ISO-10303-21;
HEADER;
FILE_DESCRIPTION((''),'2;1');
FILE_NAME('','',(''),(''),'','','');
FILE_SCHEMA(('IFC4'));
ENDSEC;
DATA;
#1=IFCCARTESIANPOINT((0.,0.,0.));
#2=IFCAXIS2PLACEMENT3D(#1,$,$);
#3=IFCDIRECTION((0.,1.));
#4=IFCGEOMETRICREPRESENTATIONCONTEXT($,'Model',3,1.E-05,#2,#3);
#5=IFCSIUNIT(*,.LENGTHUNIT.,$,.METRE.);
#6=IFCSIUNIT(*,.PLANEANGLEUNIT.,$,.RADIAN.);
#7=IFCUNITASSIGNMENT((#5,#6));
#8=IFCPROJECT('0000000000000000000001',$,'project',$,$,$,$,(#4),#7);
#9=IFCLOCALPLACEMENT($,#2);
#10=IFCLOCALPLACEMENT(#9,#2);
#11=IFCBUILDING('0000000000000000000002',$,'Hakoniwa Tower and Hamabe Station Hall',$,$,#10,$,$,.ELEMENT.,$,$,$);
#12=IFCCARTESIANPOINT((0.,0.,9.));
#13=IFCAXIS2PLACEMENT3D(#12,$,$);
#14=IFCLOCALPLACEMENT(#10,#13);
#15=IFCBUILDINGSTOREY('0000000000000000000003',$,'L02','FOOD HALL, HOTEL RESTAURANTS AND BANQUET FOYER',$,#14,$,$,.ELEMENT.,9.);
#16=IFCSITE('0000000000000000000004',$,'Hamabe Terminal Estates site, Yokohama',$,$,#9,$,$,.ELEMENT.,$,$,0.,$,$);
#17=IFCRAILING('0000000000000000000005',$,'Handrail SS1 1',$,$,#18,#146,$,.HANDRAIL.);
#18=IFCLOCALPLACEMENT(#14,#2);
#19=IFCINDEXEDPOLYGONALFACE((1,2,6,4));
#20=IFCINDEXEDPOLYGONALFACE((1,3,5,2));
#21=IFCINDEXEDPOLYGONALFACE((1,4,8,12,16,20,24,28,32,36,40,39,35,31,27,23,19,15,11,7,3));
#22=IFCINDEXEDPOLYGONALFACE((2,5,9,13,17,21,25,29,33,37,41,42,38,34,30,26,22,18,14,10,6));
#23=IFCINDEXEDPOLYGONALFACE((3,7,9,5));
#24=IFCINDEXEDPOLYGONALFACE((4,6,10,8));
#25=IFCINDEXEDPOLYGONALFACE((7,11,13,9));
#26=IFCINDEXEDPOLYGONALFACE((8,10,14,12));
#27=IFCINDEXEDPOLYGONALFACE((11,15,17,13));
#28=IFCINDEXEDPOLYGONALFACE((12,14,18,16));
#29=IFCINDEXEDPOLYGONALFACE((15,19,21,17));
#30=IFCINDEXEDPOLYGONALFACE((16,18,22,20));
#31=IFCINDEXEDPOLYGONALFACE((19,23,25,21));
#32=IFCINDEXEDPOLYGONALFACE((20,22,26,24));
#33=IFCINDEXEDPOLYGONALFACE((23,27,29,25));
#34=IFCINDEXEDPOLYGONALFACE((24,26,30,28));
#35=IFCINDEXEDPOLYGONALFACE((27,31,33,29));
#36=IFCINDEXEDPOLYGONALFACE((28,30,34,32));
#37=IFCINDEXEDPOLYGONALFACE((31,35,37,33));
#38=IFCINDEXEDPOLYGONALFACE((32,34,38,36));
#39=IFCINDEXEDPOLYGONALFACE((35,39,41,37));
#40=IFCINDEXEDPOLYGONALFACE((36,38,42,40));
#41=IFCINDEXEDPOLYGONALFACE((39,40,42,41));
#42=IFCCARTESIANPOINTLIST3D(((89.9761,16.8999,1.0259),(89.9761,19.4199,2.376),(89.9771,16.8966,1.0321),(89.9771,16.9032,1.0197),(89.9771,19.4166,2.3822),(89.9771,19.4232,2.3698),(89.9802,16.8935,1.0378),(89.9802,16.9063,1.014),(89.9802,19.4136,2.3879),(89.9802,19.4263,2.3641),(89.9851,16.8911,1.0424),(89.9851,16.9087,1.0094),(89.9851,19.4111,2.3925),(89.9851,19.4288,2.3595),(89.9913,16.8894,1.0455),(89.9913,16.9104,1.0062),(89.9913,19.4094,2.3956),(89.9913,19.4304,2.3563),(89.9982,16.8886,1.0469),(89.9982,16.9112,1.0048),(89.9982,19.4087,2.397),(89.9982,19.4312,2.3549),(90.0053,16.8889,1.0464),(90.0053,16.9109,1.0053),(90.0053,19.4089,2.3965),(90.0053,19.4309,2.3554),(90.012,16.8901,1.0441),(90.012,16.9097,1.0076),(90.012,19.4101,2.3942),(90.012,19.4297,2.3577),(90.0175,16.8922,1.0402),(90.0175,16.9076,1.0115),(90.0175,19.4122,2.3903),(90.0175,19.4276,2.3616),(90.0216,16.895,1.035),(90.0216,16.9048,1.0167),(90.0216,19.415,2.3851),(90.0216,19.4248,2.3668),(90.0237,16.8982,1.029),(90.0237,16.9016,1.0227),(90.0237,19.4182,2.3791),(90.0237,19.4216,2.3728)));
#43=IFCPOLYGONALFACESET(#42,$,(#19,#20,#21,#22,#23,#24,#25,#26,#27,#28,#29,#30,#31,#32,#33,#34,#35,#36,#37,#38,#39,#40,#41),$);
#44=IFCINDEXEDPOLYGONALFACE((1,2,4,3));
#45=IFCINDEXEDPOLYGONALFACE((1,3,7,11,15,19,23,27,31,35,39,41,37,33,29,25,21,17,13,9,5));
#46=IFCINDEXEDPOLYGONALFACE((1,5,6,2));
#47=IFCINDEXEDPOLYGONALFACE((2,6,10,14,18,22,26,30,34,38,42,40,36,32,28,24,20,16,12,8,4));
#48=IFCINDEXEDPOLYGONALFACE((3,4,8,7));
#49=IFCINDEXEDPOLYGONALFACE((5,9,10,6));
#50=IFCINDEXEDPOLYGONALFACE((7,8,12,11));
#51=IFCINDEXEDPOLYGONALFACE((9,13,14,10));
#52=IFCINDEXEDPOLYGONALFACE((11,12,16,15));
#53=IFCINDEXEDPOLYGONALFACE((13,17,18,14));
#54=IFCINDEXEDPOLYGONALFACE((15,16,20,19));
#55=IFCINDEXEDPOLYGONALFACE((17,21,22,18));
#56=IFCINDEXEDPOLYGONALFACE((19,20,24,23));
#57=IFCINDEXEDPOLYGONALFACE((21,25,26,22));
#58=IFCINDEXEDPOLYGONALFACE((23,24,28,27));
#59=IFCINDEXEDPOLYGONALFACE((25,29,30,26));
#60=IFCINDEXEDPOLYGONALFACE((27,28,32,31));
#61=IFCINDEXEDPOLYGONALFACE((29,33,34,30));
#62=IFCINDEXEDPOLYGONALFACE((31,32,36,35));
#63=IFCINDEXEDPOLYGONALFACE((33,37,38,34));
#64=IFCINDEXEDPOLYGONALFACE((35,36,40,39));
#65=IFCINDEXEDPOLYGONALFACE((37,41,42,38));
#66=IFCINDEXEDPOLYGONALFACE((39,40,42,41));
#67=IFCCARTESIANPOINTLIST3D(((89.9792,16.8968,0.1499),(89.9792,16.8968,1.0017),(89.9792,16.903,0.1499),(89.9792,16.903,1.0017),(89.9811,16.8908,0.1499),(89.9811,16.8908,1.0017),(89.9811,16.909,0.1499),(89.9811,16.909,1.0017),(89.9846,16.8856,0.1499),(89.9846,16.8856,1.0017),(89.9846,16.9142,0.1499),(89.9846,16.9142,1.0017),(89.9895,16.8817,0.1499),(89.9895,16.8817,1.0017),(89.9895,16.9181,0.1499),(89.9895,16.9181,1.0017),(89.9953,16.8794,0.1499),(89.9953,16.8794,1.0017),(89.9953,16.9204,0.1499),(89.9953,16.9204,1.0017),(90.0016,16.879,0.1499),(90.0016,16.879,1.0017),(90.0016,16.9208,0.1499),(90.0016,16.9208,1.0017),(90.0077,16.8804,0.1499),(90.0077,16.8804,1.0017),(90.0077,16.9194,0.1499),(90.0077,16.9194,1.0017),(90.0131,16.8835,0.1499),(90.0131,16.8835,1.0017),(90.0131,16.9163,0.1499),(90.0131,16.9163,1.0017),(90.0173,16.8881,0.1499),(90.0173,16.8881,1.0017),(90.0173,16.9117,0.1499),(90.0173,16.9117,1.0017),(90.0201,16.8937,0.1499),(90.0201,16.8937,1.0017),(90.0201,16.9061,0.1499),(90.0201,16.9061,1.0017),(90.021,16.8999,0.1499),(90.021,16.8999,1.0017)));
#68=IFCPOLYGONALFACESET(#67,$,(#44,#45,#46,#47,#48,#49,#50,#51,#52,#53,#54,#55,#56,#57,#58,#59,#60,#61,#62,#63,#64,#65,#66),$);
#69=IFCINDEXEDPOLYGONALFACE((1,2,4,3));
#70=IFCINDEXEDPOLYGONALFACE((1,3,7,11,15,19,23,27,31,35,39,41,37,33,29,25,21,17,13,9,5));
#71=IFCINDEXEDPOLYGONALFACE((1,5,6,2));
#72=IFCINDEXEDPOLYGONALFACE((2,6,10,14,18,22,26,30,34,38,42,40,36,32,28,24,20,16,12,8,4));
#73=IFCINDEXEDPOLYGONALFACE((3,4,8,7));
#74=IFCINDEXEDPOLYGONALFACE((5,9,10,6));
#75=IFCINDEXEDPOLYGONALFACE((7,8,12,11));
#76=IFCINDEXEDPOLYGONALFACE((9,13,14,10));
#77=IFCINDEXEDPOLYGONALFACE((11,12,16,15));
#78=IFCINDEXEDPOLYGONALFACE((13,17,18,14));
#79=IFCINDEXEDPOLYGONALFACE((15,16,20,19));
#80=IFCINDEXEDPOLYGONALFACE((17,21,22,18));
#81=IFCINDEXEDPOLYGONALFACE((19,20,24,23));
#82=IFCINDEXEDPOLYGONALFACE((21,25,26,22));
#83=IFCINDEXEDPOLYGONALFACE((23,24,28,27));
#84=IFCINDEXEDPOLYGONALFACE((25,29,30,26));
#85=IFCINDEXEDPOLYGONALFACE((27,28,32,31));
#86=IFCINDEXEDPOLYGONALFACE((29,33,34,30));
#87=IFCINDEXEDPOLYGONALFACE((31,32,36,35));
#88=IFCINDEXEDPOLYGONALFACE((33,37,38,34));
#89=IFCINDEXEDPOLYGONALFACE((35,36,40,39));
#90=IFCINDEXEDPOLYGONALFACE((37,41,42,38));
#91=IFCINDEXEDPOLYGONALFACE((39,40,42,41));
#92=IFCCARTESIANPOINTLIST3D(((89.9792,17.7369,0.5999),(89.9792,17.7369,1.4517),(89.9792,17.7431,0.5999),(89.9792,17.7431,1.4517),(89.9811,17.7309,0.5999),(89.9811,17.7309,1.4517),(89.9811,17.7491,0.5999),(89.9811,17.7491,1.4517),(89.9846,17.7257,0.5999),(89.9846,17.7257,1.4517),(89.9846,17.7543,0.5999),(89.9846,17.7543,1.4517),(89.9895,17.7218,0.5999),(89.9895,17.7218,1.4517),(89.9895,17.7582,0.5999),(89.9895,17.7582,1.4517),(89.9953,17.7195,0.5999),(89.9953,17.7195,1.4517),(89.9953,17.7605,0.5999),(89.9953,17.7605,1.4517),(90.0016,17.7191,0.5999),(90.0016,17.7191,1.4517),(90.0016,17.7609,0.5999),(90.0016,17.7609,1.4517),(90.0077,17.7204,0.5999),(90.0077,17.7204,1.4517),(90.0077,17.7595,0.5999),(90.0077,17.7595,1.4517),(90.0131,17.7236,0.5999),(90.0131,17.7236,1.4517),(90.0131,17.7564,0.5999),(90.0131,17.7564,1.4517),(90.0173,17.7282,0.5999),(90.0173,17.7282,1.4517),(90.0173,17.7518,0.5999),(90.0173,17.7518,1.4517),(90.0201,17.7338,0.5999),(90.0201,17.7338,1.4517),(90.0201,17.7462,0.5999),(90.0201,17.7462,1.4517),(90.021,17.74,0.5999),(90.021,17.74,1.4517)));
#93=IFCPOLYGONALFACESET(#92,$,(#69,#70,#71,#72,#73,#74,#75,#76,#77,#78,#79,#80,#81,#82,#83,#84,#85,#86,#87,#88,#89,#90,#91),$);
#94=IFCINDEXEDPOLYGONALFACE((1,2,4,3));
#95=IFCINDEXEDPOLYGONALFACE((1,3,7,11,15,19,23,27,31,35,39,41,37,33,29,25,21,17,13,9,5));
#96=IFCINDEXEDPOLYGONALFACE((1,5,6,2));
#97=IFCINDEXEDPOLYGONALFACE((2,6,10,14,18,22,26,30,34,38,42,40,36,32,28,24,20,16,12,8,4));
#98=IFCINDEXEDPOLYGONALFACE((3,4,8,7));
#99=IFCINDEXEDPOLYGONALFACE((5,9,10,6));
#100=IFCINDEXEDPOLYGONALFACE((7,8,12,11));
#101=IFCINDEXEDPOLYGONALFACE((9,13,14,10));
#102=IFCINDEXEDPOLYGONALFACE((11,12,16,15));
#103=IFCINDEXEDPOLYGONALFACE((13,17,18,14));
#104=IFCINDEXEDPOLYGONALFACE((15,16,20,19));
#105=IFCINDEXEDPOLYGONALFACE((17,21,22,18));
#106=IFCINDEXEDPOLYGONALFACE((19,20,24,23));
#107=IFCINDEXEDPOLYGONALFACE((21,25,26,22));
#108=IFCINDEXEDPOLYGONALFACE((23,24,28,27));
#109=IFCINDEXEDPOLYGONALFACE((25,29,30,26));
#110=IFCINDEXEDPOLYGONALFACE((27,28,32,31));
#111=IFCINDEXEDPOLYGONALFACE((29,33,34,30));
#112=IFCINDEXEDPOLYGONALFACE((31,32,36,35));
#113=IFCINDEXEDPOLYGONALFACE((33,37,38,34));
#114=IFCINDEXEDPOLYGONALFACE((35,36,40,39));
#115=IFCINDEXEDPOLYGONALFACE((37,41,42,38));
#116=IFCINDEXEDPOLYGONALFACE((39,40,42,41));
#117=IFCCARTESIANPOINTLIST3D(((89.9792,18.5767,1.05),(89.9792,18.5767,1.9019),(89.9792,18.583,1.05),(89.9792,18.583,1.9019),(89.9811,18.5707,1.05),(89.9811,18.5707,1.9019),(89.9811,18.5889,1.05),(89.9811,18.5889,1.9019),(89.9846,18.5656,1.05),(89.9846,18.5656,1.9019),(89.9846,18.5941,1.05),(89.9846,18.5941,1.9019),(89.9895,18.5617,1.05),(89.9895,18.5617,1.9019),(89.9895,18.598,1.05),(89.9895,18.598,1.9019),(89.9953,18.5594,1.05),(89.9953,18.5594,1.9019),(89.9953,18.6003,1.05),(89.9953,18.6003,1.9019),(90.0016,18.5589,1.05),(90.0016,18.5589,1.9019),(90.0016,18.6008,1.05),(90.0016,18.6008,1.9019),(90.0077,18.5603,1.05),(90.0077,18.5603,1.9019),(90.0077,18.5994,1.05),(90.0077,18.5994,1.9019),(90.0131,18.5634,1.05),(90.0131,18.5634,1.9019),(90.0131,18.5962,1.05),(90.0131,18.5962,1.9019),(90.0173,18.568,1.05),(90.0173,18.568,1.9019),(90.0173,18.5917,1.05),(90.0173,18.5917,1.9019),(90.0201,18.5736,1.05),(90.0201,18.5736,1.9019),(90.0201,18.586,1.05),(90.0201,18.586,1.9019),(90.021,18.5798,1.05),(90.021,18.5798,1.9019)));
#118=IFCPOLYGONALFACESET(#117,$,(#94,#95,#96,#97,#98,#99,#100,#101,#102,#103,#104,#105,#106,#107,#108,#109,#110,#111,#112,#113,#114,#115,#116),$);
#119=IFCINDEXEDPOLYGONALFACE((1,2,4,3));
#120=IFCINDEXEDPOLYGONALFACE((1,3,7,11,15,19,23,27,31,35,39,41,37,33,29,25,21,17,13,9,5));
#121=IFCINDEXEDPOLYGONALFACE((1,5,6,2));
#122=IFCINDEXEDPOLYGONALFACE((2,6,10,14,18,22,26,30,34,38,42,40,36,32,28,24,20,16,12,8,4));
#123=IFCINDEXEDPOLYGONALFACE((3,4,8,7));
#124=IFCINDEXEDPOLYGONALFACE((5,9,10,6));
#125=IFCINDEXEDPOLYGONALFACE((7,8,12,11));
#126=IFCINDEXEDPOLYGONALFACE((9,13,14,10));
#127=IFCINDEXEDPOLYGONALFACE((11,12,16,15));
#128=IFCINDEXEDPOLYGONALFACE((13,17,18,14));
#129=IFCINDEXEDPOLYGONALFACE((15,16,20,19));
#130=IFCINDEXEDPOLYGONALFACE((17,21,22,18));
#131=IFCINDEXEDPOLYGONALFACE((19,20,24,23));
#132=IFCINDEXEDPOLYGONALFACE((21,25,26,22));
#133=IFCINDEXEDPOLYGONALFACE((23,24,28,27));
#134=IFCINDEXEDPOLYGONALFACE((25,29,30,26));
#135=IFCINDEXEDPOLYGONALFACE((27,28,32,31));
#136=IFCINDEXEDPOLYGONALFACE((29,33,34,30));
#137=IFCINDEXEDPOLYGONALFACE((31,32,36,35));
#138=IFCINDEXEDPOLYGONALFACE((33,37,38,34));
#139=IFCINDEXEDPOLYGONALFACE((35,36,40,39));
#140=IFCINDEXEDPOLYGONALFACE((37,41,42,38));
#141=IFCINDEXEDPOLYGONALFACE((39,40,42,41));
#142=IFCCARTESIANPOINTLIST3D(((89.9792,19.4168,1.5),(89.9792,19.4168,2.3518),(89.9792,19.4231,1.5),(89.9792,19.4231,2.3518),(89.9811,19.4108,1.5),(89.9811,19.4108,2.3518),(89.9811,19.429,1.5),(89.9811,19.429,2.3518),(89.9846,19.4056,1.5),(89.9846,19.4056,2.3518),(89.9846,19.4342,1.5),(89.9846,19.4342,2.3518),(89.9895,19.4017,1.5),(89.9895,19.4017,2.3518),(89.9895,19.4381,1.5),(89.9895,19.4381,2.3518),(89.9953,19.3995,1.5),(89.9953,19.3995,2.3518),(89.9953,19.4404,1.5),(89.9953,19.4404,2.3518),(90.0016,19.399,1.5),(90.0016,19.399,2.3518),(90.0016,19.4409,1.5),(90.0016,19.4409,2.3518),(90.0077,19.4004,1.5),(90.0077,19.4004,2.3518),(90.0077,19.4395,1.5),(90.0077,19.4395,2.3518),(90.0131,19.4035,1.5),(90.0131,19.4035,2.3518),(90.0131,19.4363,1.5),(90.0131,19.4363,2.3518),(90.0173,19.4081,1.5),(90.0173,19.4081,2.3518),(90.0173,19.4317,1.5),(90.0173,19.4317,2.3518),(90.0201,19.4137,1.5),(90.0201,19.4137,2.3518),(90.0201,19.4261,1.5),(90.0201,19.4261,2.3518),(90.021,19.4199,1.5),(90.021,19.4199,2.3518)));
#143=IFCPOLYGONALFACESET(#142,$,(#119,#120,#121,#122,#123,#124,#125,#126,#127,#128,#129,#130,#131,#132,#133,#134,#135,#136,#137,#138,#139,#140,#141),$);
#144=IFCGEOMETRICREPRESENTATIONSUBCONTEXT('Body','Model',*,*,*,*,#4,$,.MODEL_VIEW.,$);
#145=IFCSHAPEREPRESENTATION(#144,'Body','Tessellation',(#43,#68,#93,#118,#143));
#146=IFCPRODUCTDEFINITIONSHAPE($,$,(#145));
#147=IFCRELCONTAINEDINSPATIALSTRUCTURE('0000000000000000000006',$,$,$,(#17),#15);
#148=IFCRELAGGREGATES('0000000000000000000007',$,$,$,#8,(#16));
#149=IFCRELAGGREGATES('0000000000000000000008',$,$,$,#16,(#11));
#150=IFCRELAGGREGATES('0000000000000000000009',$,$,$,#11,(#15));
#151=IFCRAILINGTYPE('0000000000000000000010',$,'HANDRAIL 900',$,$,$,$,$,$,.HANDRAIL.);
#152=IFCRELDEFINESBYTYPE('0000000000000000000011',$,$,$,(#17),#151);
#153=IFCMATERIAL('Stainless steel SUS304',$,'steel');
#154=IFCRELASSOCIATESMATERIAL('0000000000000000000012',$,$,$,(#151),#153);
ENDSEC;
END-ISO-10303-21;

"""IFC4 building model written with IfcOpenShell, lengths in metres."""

from ifc_helpers import new_model, si_unit, direction, frame, origin, origin_2d, place, context, subcontext, project, spatial, circle, extrude, material, type_object, element, save


model = new_model("IFC4")

# Units and contexts
model_context = context("Model", 3, precision=1e-05, world=origin(), true_north=direction((0.0, 1.0)))
body_context = subcontext(model_context, "Body", "Model", "MODEL_VIEW")
ifc_project = project(units=[si_unit("LENGTHUNIT", "METRE"), si_unit("PLANEANGLEUNIT", "RADIAN")], contexts=[model_context])

# Site, building, storey
site_placement = place(None, origin())
site = spatial("IfcSite", under=ifc_project, at=site_placement, Name="Hamabe Terminal Estates site, Yokohama", CompositionType="ELEMENT", RefElevation=0.0)
building_placement = place(site_placement, origin())
building = spatial("IfcBuilding", under=site, at=building_placement, Name="Hakoniwa Tower and Hamabe Station Hall", CompositionType="ELEMENT")
storey_placement = place(building_placement, frame((0.0, 0.0, 9.0)))
storey = spatial("IfcBuildingStorey", under=building, at=storey_placement, Name="L02", Description="FOOD HALL, HOTEL RESTAURANTS AND BANQUET FOYER", CompositionType="ELEMENT", Elevation=9.0)

# Railing
ifc_material_1 = material(Name="Stainless steel SUS304", Category="steel")
railing_type = type_object("IfcRailingType", Name="HANDRAIL 900", PredefinedType="HANDRAIL", material=ifc_material_1)
for number, where, name in (
    (1, (90.0, 16.8999, 0.1499), "Handrail SS1 1"),
):
    element("IfcRailing", number, at=place(storey_placement, frame(where)), inside=storey, type_object=railing_type, Name=name, PredefinedType="HANDRAIL", context=body_context, shape_type="SweptSolid", body=[
        extrude(circle(Radius=0.0239, at=origin_2d()), frame((0.0, 0.0, 0.876), z_axis=(0.0, 0.881467, 0.472245), x_axis=(-1.0, 0.0, 0.0)), (0.0, 0.0, 1.0), 2.8589),
        extrude(circle(Radius=0.021, at=origin_2d()), origin(), (0.0, 0.0, 1.0), 0.8518),
        extrude(circle(Radius=0.021, at=origin_2d()), frame((0.0, 0.8401, 0.45)), (0.0, 0.0, 1.0), 0.8518),
        extrude(circle(Radius=0.021, at=origin_2d()), frame((0.0, 1.6799, 0.9001)), (0.0, 0.0, 1.0), 0.8518),
        extrude(circle(Radius=0.021, at=origin_2d()), frame((0.0, 2.52, 1.3501)), (0.0, 0.0, 1.0), 0.8518),
    ])

save(model, "model.ifc")
